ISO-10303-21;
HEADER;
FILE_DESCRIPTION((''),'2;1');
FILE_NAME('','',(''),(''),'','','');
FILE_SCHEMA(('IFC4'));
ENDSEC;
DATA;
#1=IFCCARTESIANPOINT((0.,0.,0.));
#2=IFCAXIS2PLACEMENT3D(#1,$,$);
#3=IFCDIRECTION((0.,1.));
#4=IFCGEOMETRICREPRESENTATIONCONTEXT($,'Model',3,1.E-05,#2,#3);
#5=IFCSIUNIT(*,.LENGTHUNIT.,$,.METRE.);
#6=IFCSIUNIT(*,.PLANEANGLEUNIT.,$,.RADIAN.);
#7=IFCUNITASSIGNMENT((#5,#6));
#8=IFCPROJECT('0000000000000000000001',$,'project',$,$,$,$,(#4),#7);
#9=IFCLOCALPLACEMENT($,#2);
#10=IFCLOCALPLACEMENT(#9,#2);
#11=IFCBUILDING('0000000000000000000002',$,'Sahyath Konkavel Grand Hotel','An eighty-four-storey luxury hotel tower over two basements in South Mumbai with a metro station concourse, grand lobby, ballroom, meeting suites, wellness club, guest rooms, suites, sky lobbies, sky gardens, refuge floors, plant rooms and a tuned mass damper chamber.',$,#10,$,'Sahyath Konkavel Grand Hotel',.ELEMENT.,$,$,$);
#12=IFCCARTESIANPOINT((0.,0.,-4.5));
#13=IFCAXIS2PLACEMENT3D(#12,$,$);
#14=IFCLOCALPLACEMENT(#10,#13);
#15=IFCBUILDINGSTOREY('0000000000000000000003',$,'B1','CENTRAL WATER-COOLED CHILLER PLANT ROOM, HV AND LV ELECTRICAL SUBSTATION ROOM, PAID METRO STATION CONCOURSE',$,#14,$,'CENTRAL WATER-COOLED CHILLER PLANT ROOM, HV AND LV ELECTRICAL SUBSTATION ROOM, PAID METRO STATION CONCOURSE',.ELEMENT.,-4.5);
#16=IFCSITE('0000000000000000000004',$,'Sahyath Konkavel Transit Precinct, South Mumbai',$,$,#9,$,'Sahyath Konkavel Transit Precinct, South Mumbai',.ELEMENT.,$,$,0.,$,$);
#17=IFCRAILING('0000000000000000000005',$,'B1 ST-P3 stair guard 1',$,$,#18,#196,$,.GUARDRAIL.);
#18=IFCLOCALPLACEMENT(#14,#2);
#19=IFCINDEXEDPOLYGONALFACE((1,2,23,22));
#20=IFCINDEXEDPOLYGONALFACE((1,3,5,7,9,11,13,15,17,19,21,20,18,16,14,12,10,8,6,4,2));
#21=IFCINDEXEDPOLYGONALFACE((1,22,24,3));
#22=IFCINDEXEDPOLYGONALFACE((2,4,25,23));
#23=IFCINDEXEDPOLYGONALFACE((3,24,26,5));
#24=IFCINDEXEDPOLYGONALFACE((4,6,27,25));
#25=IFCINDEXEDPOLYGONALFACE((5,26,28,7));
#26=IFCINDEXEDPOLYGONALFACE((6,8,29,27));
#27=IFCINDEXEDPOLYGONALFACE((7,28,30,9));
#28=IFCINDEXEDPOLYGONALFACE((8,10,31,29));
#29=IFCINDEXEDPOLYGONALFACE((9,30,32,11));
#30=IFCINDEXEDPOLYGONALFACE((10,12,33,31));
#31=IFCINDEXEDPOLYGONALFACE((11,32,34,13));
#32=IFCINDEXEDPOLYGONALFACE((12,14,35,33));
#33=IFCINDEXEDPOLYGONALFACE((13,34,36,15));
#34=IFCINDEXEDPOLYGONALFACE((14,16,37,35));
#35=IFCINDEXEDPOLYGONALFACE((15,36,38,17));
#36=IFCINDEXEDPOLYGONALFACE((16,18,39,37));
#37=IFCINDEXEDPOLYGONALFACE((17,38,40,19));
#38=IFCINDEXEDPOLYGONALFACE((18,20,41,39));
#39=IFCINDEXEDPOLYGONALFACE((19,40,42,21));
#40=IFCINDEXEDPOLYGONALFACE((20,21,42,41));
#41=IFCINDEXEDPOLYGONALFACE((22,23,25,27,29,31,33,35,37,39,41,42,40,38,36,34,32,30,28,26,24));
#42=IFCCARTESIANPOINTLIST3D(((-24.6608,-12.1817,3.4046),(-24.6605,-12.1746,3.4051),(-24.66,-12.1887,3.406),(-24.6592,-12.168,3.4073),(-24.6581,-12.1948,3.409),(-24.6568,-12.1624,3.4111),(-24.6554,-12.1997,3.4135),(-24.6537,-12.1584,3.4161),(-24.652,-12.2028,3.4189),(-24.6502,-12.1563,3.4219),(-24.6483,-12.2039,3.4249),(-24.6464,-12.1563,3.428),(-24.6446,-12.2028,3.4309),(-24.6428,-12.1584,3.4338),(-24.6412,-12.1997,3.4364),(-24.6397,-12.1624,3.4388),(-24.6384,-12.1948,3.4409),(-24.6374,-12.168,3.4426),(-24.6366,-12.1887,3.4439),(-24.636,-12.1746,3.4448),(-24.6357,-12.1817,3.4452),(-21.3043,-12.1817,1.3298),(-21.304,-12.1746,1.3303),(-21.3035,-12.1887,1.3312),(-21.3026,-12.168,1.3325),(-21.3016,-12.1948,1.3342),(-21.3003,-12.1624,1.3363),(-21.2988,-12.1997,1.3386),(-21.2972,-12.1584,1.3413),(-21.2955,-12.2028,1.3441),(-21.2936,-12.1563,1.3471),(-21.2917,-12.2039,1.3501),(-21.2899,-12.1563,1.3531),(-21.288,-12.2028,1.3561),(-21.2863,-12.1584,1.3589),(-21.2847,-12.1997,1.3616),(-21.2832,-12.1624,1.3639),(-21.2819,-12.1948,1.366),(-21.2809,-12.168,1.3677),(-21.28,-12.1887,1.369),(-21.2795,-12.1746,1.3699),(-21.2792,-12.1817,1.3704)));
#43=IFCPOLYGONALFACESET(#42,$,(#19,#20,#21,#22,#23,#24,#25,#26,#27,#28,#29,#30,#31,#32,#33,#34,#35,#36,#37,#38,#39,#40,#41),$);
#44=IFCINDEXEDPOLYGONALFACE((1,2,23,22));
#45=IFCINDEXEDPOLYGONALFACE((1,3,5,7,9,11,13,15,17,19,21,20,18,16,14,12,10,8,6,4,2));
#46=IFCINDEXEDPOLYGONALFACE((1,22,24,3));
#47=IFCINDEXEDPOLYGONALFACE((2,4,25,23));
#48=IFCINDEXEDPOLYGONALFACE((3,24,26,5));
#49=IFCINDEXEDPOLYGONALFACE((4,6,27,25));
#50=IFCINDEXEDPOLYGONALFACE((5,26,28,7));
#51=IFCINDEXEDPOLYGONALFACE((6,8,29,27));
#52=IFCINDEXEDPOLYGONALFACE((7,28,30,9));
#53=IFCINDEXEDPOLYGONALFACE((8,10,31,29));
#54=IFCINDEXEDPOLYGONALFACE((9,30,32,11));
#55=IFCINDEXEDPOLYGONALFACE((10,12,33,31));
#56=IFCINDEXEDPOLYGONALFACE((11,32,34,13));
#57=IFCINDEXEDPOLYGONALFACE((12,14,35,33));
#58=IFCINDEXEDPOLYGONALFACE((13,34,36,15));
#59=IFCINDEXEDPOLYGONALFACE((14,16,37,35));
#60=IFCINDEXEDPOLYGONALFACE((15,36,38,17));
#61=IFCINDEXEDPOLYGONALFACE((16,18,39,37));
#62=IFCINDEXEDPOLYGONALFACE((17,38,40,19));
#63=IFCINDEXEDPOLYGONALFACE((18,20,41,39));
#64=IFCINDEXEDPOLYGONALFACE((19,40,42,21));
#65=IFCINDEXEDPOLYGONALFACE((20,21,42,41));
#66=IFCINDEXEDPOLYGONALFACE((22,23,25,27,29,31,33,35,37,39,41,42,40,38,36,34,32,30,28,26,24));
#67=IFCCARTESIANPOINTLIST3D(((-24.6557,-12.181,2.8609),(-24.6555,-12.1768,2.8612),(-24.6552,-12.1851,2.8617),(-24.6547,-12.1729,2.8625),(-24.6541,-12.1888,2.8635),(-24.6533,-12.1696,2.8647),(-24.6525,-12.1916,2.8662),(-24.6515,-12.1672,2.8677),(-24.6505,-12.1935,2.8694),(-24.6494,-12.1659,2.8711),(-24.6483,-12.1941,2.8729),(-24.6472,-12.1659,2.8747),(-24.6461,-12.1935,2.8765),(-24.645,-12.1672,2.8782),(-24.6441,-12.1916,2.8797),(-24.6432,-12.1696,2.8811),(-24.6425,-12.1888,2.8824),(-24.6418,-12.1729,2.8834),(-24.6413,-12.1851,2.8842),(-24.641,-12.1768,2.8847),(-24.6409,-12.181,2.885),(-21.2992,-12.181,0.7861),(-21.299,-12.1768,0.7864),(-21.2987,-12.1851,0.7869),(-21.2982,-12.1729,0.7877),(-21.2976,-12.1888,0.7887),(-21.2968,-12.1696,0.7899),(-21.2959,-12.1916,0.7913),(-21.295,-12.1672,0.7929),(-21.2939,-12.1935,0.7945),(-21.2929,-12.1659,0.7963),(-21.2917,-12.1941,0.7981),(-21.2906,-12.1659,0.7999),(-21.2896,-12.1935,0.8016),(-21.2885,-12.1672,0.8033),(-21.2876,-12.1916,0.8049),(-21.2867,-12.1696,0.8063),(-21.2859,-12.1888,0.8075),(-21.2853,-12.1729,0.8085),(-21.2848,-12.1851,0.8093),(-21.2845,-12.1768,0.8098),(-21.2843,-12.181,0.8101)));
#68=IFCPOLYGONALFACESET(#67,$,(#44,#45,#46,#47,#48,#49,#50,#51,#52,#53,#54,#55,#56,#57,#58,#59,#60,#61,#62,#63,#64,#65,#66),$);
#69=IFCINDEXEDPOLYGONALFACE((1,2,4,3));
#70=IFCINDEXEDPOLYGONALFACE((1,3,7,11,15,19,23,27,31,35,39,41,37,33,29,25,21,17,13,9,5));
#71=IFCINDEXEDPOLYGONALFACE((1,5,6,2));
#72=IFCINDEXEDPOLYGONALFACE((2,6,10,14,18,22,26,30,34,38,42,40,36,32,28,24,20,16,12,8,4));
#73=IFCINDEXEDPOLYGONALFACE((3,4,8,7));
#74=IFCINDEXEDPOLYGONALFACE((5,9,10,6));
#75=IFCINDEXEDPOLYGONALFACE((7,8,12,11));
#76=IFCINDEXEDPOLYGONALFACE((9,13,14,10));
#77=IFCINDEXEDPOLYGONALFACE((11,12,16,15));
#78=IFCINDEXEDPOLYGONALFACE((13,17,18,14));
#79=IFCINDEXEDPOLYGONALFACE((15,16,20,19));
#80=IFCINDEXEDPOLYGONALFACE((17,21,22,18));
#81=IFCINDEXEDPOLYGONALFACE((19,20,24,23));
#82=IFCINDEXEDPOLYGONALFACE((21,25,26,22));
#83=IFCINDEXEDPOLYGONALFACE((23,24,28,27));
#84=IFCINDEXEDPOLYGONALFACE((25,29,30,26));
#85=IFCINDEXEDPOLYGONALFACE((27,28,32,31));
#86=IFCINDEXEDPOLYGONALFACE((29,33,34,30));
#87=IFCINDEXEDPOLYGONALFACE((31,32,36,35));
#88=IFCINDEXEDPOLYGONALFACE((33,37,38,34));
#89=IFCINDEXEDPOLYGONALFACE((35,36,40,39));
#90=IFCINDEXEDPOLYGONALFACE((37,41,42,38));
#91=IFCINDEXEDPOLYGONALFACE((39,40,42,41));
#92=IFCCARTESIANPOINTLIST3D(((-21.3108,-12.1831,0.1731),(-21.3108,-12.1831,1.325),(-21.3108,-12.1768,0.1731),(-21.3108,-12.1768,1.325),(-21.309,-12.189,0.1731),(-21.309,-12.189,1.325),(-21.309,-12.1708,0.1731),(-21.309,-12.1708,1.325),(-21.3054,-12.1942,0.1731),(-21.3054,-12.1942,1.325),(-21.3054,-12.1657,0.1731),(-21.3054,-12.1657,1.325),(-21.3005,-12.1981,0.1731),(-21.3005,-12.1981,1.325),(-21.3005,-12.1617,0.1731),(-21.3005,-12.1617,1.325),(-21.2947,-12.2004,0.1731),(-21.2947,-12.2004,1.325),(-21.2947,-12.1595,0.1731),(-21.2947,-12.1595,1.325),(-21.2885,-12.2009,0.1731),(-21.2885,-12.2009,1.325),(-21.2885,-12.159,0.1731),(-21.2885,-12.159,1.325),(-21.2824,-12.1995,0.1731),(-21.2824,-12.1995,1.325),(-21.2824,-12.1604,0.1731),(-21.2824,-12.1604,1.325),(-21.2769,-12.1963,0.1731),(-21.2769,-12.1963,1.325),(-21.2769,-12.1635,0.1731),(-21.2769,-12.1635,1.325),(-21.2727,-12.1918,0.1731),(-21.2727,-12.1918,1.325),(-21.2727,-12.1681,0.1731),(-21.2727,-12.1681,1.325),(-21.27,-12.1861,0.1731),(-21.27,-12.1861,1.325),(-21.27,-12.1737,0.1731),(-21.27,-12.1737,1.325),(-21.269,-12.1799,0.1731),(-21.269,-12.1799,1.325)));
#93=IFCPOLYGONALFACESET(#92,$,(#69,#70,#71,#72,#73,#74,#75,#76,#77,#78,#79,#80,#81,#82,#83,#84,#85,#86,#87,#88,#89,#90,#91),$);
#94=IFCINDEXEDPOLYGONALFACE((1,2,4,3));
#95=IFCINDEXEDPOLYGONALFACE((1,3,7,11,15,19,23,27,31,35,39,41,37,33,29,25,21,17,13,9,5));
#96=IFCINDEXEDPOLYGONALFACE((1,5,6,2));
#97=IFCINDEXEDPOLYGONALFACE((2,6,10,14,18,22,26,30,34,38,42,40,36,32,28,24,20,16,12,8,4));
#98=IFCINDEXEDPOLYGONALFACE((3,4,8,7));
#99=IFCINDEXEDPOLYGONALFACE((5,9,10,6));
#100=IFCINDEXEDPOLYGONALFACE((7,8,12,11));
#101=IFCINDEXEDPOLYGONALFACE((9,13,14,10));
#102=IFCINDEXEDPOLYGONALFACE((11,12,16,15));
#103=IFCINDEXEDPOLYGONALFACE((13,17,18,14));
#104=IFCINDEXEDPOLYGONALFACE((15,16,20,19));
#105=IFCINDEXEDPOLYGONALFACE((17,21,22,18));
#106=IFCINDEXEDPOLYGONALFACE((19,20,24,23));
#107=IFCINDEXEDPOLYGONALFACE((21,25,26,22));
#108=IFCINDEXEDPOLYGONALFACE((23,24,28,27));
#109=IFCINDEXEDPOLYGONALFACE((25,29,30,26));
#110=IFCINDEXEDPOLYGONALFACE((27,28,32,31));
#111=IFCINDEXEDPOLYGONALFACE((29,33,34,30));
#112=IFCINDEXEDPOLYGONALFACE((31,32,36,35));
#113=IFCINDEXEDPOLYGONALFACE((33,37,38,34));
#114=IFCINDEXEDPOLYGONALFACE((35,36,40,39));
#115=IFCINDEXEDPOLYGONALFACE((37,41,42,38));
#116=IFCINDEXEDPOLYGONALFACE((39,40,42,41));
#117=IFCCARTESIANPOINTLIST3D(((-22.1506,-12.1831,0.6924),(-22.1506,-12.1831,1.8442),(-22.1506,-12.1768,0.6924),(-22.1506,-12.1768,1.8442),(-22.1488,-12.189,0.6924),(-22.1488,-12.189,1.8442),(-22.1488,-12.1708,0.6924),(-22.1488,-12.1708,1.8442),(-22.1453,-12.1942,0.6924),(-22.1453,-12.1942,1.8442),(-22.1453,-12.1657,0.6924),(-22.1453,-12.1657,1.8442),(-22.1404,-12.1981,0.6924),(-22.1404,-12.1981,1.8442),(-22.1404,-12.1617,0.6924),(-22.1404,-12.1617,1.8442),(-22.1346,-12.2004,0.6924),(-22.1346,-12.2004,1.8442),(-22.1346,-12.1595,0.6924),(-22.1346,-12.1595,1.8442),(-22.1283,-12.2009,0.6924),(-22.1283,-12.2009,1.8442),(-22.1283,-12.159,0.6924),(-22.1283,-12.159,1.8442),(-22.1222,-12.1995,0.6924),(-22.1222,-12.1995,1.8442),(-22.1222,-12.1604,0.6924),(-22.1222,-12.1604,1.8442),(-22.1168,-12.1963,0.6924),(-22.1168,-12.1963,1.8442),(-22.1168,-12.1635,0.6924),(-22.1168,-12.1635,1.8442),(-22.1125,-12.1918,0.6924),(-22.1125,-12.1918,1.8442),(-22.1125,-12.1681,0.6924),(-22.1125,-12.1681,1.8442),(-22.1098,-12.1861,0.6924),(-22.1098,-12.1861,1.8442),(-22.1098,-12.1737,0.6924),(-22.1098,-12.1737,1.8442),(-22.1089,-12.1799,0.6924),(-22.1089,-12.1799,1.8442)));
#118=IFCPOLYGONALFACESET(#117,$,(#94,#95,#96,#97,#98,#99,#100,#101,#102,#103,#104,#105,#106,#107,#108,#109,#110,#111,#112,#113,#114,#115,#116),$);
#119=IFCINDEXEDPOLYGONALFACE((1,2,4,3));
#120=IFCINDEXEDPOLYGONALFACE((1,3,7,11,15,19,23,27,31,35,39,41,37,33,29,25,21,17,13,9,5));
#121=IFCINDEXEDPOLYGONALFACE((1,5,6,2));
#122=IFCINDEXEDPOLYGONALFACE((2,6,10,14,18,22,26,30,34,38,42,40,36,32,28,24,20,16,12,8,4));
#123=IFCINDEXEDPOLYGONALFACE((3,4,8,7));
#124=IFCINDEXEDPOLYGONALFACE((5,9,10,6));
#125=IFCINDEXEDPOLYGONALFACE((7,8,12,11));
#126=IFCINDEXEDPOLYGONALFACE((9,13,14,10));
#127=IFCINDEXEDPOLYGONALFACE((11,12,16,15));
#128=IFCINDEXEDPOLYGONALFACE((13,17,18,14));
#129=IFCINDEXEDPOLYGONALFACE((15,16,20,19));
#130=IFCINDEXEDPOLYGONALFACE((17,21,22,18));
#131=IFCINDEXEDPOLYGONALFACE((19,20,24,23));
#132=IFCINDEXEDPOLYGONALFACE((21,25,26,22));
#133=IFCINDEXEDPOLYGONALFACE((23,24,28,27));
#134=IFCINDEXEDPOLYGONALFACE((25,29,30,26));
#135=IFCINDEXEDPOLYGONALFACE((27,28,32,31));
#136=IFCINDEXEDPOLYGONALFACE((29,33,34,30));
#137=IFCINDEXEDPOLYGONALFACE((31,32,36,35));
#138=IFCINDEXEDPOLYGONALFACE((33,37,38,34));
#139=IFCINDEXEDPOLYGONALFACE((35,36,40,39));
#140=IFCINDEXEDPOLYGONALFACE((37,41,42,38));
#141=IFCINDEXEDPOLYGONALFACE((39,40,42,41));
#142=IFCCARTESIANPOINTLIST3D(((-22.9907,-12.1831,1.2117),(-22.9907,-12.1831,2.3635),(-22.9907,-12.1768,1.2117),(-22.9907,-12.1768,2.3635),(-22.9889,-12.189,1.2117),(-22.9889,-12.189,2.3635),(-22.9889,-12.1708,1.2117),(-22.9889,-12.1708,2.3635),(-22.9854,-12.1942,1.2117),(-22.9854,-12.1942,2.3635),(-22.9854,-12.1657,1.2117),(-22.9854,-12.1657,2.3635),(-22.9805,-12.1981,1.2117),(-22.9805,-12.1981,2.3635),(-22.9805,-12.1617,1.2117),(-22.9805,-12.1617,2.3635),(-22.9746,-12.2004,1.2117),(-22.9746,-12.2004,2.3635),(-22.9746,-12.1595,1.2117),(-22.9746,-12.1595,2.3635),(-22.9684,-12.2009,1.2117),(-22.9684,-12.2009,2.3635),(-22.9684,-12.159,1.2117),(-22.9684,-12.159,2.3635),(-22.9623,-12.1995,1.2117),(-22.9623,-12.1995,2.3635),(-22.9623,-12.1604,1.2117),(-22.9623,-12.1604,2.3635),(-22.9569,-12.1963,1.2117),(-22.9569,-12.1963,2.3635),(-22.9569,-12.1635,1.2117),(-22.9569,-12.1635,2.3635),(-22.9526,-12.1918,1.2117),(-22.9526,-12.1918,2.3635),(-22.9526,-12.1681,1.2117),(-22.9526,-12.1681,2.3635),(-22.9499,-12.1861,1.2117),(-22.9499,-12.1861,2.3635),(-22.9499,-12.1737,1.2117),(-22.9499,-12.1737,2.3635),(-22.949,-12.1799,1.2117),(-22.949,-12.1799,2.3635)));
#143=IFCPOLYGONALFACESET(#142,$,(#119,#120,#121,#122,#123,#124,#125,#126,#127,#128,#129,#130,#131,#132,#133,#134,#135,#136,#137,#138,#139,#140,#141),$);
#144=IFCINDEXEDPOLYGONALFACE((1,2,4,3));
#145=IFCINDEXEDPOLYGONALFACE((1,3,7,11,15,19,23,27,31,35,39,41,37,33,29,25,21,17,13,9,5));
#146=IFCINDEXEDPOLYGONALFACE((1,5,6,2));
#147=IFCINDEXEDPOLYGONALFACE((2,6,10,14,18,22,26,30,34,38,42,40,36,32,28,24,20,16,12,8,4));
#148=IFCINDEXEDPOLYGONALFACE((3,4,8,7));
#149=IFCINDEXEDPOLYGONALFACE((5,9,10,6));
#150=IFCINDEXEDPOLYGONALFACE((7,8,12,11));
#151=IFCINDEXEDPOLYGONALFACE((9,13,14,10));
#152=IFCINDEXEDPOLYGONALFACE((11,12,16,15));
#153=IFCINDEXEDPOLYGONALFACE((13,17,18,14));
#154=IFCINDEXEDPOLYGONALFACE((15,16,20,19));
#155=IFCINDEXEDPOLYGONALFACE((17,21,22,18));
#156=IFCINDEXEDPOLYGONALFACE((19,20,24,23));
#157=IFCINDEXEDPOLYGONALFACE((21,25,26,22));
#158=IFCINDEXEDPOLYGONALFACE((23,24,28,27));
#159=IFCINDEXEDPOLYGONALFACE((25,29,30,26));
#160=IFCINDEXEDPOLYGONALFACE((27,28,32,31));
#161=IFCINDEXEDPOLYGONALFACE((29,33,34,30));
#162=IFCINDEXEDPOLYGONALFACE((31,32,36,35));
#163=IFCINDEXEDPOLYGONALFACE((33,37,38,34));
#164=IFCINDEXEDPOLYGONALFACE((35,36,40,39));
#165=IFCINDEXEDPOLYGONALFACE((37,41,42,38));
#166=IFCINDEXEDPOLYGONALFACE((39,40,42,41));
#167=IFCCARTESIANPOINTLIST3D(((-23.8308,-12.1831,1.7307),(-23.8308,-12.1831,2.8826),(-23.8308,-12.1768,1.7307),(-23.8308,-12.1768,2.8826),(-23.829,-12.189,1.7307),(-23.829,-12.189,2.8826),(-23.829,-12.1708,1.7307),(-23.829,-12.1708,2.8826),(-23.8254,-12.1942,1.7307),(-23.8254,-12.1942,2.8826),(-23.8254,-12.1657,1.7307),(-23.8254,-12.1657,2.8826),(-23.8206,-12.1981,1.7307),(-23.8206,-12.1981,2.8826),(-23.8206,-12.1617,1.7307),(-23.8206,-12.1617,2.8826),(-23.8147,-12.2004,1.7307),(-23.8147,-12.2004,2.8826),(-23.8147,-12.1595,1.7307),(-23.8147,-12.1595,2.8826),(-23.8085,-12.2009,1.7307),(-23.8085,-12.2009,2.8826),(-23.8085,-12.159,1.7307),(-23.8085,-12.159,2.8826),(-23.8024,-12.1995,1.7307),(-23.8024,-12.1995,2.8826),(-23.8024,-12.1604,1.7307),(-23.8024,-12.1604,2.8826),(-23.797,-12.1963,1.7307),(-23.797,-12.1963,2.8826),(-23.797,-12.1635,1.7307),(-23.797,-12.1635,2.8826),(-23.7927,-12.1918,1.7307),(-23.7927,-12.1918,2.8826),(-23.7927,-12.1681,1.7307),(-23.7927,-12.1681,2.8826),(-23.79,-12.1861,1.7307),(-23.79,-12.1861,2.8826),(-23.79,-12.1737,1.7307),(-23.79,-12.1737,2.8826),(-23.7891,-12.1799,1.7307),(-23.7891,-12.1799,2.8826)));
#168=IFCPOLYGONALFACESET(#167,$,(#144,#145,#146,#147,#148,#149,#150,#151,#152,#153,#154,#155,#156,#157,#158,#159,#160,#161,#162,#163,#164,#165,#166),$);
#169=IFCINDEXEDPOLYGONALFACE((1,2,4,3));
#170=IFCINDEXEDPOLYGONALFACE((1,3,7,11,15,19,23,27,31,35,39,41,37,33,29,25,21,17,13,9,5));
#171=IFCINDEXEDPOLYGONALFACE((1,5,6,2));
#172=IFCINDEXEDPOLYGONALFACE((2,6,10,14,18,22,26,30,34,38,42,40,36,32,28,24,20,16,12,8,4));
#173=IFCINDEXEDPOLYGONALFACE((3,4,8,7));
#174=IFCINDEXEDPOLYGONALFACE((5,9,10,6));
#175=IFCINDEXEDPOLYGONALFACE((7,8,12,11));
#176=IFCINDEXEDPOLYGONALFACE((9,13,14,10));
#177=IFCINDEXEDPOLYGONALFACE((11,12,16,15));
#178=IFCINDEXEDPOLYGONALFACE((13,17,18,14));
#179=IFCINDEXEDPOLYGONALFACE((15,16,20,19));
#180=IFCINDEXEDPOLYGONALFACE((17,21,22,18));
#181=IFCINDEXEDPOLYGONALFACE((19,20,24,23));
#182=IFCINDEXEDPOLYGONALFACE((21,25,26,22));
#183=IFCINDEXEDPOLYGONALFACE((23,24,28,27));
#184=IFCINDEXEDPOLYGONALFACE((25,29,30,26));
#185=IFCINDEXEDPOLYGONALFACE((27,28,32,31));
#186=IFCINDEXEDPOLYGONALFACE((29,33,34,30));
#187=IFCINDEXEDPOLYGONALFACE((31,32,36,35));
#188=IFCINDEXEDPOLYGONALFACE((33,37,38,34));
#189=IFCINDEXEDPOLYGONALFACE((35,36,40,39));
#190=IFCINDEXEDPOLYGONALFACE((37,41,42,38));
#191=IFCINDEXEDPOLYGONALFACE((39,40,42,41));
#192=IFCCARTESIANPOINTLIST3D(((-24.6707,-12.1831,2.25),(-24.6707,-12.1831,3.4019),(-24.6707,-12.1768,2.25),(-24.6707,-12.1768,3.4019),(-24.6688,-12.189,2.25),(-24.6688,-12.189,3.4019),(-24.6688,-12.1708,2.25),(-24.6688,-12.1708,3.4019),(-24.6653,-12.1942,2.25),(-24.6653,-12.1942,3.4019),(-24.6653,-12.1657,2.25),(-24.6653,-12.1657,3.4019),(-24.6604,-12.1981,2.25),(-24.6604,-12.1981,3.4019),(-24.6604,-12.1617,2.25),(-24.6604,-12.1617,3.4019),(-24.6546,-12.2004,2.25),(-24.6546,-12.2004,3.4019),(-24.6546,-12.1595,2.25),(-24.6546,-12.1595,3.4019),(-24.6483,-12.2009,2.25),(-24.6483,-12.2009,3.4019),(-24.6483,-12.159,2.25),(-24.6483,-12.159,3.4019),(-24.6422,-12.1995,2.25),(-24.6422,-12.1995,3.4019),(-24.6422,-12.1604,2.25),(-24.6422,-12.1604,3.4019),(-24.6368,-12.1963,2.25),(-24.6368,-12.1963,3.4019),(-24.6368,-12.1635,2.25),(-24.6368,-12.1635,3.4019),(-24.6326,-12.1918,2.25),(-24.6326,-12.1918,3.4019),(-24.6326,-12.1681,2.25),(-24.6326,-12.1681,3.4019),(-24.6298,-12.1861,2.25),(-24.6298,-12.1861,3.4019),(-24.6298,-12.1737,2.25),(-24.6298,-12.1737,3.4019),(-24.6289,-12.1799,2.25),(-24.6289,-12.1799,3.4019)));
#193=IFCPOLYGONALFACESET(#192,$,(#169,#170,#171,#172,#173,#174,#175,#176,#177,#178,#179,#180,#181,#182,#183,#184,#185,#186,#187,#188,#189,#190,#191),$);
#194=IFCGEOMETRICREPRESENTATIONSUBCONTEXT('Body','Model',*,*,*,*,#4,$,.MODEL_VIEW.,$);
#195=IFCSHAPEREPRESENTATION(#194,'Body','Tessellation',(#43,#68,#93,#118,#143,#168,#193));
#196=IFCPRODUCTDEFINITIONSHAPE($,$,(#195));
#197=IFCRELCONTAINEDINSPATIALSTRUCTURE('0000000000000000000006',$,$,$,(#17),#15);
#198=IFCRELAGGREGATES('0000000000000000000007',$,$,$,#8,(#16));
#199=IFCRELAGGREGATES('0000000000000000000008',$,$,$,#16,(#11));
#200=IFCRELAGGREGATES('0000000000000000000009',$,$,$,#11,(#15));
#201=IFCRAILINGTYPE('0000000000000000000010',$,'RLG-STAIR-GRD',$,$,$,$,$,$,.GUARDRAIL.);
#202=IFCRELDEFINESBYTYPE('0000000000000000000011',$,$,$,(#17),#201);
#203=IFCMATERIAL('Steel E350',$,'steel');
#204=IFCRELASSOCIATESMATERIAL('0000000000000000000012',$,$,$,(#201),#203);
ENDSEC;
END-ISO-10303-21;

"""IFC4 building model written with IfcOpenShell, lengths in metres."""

from ifc_helpers import new_model, si_unit, direction, frame, origin, origin_2d, place, context, subcontext, project, spatial, circle, extrude, material, type_object, element, save


model = new_model("IFC4")

# Units and contexts
model_context = context("Model", 3, precision=1e-05, world=origin(), true_north=direction((0.0, 1.0)))
body_context = subcontext(model_context, "Body", "Model", "MODEL_VIEW")
ifc_project = project(units=[si_unit("LENGTHUNIT", "METRE"), si_unit("PLANEANGLEUNIT", "RADIAN")], contexts=[model_context])

# Site, building, storey
site_placement = place(None, origin())
site = spatial("IfcSite", under=ifc_project, at=site_placement, Name="Sahyath Konkavel Transit Precinct, South Mumbai", LongName="Sahyath Konkavel Transit Precinct, South Mumbai", CompositionType="ELEMENT", RefElevation=0.0)
building_placement = place(site_placement, origin())
building = spatial("IfcBuilding", under=site, at=building_placement, Name="Sahyath Konkavel Grand Hotel", Description="An eighty-four-storey luxury hotel tower over two basements in South Mumbai with a metro station concourse, grand lobby, ballroom, meeting suites, wellness club, guest rooms, suites, sky lobbies, sky gardens, refuge floors, plant rooms and a tuned mass damper chamber.", LongName="Sahyath Konkavel Grand Hotel", CompositionType="ELEMENT")
storey_placement = place(building_placement, frame((0.0, 0.0, -4.5)))
storey = spatial("IfcBuildingStorey", under=building, at=storey_placement, Name="B1", Description="CENTRAL WATER-COOLED CHILLER PLANT ROOM, HV AND LV ELECTRICAL SUBSTATION ROOM, PAID METRO STATION CONCOURSE", LongName="CENTRAL WATER-COOLED CHILLER PLANT ROOM, HV AND LV ELECTRICAL SUBSTATION ROOM, PAID METRO STATION CONCOURSE", CompositionType="ELEMENT", Elevation=-4.5)

# Shared definitions
ifc_material_1 = material(Name="Steel E350", Category="steel")

# Railing
railing_type_1 = type_object("IfcRailingType", Name="RLG-STAIR-GRD", PredefinedType="GUARDRAIL", material=ifc_material_1)
railing_1_placement = place(storey_placement, frame((-21.29, -12.1799, 0.1731)))
element("IfcRailing", 1, at=railing_1_placement, inside=storey, type_object=railing_type_1, Name="B1 ST-P3 stair guard 1", PredefinedType="GUARDRAIL", context=body_context, shape_type="SweptSolid", body=[
    extrude(circle(Radius=0.0239, at=origin_2d()), frame((-0.0017, 0.0, 1.177), z_axis=(-0.850606, 0.0, 0.525803), x_axis=(0.0, -1.0, 0.0)), (0.0, 0.0, 1.0), 3.946),
    extrude(circle(Radius=0.0142, at=origin_2d()), frame((-0.0017, 0.0, 0.625), z_axis=(-0.850606, 0.0, 0.525803), x_axis=(0.0, -1.0, 0.0)), (0.0, 0.0, 1.0), 3.946),
    extrude(circle(Radius=0.021, at=origin_2d()), origin(), (0.0, 0.0, 1.0), 1.1519),
    extrude(circle(Radius=0.021, at=origin_2d()), frame((-0.8398, 0.0, 0.5193)), (0.0, 0.0, 1.0), 1.1519),
    extrude(circle(Radius=0.021, at=origin_2d()), frame((-1.6799, 0.0, 1.0386)), (0.0, 0.0, 1.0), 1.1519),
    extrude(circle(Radius=0.021, at=origin_2d()), frame((-2.52, 0.0, 1.5576)), (0.0, 0.0, 1.0), 1.1519),
    extrude(circle(Radius=0.021, at=origin_2d()), frame((-3.3599, 0.0, 2.0769)), (0.0, 0.0, 1.0), 1.1519),
])

save(model, "model.ifc")
